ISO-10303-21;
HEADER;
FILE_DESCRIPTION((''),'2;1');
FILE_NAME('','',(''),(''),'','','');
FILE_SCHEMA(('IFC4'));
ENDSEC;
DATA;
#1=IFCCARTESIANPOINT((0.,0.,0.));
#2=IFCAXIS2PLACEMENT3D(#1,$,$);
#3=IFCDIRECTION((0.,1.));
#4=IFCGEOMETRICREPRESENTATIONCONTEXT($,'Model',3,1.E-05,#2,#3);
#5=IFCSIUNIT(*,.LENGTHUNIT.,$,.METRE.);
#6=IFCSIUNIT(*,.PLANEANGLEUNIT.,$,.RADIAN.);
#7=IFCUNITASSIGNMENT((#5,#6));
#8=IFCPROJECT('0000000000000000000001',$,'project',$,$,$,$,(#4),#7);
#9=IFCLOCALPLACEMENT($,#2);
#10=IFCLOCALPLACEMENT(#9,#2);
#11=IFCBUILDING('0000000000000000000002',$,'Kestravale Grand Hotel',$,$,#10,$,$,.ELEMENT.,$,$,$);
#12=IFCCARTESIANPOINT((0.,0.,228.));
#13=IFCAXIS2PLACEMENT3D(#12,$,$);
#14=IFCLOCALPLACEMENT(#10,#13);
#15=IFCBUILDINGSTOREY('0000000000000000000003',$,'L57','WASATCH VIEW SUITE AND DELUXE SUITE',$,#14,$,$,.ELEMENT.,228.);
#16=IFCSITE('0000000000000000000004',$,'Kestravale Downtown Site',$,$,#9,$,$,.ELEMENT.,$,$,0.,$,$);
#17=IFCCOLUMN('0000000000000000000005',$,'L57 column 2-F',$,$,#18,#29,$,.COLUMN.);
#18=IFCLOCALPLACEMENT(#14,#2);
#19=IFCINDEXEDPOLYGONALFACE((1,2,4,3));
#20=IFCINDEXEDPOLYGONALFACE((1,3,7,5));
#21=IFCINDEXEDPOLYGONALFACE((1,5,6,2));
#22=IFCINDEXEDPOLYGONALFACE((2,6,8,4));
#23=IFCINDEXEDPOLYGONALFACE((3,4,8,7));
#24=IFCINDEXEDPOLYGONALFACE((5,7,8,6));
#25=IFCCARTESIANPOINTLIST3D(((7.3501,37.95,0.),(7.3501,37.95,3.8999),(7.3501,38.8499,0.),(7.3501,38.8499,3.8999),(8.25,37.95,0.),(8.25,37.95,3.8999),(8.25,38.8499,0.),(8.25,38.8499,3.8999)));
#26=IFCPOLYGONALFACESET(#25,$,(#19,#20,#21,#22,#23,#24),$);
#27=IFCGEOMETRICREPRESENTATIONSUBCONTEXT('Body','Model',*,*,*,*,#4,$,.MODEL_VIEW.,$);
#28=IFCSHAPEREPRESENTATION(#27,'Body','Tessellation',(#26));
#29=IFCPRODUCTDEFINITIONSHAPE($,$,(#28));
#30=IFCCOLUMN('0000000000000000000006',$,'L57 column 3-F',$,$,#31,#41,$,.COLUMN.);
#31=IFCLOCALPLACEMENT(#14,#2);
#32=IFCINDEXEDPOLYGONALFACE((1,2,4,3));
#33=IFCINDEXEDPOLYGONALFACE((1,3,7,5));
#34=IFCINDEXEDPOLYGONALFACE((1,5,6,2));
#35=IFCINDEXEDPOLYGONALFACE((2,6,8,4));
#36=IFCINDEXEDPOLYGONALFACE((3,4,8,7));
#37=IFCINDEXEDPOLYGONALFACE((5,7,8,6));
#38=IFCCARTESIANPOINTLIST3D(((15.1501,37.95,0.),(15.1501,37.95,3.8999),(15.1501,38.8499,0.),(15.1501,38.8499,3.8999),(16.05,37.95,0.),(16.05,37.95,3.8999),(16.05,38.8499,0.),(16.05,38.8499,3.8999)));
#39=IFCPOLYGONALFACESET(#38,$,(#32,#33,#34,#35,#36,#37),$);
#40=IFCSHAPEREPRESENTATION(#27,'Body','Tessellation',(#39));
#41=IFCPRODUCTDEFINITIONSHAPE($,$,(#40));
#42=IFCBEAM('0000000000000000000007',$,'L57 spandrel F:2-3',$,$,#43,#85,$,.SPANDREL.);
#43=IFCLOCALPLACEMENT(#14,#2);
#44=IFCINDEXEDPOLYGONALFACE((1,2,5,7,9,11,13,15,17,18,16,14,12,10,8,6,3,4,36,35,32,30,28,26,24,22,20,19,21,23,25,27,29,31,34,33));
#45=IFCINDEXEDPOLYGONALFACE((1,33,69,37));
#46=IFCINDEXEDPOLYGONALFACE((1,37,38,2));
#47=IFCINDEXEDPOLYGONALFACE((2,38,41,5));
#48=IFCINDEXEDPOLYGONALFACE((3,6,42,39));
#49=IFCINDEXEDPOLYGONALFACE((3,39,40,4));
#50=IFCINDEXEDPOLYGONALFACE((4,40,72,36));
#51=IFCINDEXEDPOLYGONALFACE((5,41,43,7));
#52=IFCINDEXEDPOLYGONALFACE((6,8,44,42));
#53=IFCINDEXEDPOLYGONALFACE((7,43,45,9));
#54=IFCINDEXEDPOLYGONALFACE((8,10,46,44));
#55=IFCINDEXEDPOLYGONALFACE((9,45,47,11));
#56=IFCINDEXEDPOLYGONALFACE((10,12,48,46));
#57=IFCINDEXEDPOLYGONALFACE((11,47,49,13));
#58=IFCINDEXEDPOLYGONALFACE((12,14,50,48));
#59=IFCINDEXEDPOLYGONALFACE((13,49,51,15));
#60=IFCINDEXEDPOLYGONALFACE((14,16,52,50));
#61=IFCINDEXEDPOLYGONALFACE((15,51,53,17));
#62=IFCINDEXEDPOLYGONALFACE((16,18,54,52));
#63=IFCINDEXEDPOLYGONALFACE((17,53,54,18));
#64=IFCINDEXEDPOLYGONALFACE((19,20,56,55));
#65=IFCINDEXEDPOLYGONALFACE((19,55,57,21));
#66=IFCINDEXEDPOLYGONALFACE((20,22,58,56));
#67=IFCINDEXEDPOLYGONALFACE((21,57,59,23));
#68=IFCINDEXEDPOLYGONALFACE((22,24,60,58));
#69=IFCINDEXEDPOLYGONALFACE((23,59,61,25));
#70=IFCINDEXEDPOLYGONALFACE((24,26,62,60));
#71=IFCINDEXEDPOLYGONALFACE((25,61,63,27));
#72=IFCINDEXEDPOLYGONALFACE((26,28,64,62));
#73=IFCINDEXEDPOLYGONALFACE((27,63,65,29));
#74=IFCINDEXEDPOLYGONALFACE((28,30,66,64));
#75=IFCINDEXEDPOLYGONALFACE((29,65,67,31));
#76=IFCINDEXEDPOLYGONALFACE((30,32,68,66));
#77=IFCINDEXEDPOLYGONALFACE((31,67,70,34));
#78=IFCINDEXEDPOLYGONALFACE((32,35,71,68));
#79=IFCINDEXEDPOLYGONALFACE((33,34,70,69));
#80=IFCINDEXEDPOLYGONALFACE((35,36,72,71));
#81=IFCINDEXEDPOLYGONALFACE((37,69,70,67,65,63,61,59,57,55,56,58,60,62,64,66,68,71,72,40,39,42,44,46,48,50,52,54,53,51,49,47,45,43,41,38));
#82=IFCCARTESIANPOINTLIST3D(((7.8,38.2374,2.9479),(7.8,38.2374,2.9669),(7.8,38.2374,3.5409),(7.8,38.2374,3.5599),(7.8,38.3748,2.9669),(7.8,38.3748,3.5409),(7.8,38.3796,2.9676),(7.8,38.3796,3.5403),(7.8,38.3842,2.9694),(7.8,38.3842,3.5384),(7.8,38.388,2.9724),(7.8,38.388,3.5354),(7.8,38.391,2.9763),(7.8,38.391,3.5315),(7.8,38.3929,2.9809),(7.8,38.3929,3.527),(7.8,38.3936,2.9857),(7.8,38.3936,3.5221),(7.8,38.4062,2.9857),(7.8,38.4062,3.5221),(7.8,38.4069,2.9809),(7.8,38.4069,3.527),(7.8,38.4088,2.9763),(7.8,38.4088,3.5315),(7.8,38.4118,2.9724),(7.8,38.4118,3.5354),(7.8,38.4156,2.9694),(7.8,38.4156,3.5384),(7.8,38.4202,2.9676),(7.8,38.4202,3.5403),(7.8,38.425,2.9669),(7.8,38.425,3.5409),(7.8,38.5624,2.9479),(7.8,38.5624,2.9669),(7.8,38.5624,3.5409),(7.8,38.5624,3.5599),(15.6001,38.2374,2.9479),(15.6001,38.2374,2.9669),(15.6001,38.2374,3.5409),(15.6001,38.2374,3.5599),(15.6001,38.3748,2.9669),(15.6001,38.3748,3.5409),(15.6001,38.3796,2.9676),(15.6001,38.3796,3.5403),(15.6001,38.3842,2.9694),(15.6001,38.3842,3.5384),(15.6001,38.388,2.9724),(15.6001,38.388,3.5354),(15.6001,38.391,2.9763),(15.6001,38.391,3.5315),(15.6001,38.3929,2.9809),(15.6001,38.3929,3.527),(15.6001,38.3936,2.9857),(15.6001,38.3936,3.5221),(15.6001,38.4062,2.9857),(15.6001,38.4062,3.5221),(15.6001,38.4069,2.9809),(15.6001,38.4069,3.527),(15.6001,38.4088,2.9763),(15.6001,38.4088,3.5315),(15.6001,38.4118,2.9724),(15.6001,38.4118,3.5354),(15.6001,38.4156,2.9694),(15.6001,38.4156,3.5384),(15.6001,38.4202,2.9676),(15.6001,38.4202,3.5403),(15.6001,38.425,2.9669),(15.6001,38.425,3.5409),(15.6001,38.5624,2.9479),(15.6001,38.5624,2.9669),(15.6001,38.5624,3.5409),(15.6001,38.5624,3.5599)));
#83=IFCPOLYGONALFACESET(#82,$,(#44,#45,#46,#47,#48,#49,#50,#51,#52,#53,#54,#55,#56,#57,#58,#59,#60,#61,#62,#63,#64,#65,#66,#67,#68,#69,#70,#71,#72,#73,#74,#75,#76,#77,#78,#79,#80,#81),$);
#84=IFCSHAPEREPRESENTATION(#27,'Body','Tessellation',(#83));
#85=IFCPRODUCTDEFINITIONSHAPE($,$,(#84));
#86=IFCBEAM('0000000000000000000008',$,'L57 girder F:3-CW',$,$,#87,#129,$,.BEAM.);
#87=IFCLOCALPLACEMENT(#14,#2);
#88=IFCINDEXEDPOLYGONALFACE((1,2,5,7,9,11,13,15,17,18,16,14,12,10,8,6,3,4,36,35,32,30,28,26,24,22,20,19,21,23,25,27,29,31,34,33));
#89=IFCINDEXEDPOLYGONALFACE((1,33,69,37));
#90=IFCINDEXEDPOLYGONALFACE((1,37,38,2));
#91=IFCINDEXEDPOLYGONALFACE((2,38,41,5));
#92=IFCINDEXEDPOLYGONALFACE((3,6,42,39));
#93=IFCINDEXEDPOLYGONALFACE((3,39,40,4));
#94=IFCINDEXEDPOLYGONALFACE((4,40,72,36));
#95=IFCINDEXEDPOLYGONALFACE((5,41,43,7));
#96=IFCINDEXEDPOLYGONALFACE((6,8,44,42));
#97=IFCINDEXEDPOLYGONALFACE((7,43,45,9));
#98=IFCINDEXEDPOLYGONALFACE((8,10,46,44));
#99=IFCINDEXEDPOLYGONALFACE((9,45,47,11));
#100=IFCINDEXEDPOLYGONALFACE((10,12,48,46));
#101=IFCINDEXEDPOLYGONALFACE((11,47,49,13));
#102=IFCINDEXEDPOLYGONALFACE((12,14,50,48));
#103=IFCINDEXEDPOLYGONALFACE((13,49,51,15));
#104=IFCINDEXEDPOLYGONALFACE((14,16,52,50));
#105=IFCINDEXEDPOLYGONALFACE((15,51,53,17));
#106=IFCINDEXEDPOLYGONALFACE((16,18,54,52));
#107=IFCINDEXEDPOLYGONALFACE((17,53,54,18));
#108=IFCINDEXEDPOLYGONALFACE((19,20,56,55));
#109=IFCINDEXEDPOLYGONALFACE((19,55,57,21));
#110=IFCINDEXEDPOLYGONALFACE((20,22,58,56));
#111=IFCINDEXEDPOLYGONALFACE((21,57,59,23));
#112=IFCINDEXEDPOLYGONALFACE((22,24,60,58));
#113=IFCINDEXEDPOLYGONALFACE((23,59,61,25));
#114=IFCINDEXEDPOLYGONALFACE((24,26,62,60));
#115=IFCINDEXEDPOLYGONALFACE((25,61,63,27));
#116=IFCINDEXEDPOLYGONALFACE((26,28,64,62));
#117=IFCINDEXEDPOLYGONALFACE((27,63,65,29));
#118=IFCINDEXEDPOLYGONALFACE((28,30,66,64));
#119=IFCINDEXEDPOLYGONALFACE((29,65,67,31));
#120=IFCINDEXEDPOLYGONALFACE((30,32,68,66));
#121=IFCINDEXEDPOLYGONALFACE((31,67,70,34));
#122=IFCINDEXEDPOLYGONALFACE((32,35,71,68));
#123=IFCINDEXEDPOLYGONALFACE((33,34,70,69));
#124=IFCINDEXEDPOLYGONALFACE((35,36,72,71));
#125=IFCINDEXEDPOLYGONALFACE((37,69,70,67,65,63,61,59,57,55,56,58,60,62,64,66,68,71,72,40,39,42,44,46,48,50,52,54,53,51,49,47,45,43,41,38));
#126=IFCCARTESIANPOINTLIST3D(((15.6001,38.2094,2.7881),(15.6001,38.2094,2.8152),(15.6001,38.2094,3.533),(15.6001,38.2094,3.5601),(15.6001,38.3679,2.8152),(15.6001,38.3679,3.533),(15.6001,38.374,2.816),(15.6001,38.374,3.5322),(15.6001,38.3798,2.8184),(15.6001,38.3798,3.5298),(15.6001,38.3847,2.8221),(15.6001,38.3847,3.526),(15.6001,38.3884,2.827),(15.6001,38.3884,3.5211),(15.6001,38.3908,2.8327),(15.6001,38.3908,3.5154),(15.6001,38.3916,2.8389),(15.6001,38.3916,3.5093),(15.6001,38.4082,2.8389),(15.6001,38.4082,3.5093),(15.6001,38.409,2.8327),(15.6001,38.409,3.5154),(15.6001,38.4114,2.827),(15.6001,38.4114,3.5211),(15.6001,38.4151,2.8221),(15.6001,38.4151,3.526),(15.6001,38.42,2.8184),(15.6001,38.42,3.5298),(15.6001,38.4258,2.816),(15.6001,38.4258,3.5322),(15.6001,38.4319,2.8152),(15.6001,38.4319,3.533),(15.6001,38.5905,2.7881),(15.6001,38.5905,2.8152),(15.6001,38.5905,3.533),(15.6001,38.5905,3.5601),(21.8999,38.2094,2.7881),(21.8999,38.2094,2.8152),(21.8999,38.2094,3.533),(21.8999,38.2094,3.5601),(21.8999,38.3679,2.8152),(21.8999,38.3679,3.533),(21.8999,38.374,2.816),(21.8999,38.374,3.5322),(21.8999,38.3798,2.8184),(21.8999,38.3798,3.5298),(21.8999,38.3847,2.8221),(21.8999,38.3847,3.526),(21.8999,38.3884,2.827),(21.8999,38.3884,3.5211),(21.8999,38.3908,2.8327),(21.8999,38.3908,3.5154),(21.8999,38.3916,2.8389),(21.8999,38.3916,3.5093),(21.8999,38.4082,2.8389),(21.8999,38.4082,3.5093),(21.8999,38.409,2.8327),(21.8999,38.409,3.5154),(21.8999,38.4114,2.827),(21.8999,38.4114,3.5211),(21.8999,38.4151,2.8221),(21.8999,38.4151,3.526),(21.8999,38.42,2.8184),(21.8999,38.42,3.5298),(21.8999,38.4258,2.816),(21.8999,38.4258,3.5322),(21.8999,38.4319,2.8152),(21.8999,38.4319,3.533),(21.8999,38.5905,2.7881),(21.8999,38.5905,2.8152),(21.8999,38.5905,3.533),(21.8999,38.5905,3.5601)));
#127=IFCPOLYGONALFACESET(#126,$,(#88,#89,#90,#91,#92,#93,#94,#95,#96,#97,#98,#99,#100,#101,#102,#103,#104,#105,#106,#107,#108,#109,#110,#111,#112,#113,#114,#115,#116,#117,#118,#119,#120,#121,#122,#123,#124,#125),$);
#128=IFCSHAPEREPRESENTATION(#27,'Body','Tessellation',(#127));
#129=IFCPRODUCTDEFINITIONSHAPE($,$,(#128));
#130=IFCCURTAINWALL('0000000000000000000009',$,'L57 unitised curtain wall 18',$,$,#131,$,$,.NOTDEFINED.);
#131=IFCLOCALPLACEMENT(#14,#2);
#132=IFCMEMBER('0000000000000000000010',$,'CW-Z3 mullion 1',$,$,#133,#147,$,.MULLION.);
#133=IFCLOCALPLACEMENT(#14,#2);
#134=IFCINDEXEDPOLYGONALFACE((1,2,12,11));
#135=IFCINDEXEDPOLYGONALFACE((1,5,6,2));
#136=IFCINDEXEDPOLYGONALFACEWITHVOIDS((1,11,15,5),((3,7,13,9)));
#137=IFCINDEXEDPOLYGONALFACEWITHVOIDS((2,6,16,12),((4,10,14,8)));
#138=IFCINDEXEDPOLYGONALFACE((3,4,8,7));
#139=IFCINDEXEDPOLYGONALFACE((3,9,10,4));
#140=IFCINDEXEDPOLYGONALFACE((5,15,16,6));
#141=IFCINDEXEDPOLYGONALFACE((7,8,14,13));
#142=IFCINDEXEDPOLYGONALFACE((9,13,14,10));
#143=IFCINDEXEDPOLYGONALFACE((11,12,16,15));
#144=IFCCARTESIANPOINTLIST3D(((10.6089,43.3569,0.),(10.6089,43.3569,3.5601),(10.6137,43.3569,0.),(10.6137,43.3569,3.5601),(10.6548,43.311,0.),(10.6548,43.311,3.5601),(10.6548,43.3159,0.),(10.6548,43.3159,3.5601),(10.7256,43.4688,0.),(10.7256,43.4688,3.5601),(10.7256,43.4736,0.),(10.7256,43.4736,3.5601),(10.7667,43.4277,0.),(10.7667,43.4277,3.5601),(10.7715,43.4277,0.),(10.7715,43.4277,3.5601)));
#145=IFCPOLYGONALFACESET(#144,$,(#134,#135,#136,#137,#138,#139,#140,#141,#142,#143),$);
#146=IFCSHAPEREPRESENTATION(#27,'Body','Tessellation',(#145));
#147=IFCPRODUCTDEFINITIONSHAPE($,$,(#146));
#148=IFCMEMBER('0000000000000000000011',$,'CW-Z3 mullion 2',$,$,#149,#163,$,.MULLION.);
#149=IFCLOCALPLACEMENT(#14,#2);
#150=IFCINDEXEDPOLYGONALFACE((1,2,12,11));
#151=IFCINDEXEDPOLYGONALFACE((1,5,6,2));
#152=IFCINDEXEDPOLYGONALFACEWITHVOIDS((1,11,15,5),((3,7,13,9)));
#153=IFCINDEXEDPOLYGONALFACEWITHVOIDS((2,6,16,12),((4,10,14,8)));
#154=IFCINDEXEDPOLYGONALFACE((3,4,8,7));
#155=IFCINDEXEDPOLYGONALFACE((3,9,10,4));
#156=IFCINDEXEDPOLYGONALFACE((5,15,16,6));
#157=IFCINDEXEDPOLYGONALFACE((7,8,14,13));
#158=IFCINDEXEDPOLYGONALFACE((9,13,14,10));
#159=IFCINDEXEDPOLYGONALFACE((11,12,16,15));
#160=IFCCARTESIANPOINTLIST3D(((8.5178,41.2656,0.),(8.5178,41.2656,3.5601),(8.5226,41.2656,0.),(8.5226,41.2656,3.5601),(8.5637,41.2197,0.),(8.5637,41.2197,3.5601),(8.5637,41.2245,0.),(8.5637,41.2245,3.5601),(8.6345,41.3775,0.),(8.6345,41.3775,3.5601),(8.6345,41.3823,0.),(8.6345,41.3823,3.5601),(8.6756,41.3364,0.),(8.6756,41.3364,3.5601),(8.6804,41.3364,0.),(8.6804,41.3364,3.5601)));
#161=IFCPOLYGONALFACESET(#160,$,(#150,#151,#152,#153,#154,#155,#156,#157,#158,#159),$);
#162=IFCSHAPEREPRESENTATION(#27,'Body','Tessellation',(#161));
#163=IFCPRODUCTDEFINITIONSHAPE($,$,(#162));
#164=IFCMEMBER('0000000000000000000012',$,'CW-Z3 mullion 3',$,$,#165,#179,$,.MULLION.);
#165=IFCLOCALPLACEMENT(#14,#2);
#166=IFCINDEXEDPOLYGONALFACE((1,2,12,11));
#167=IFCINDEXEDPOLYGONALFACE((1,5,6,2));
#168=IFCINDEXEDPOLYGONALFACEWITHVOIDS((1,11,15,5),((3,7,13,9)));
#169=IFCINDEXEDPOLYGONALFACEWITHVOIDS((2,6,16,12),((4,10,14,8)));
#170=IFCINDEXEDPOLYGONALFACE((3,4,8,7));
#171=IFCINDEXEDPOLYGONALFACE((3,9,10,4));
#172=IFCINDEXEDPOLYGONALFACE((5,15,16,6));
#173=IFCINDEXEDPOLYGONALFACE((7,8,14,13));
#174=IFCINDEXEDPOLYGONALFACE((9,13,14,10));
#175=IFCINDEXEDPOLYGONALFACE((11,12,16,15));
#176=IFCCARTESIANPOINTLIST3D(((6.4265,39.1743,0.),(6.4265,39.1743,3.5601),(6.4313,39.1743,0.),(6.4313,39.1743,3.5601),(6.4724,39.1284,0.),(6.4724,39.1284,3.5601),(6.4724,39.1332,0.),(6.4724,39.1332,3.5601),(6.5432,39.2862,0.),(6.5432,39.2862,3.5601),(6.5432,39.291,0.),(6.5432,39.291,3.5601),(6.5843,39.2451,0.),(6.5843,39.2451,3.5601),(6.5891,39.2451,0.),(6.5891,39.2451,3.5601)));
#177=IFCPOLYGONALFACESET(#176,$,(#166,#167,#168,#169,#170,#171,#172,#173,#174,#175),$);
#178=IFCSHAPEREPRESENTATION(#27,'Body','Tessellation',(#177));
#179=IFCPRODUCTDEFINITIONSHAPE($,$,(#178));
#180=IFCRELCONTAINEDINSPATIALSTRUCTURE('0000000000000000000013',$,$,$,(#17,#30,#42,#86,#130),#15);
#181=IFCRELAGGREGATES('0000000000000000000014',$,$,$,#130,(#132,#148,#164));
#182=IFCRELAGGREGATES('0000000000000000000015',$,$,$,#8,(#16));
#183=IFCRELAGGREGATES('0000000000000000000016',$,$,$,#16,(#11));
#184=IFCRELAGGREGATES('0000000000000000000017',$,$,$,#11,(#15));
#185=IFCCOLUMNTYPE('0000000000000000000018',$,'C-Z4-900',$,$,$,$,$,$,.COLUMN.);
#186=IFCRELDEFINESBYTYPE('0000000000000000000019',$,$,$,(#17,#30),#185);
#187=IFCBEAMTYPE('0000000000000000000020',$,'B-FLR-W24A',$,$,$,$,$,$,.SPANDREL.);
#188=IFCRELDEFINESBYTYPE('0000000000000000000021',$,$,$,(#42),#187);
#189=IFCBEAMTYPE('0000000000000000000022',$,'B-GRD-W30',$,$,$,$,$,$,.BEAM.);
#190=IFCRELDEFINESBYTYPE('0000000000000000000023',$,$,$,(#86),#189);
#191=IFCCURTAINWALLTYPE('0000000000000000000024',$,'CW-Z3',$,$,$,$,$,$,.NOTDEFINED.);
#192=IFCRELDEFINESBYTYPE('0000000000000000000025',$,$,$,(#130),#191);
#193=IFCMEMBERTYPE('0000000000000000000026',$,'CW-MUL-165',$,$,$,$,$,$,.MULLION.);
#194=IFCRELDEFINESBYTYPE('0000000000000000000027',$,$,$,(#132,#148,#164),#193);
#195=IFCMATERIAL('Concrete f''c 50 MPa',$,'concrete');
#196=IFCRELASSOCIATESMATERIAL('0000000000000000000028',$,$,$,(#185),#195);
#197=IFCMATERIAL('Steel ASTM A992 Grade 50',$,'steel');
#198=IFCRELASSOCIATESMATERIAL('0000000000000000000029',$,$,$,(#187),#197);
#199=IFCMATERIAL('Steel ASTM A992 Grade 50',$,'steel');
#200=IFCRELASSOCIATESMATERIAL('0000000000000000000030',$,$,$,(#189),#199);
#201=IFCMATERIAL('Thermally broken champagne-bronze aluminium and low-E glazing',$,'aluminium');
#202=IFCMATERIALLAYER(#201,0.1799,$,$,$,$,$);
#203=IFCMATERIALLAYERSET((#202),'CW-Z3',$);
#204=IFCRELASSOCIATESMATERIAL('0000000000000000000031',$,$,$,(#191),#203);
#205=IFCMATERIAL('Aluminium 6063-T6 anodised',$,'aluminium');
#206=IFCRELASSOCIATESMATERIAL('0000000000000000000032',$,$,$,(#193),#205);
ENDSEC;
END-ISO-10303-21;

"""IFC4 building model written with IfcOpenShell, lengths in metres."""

from ifc_helpers import new_model, si_unit, direction, frame, origin, origin_2d, place, context, subcontext, project, spatial, rectangle, hollow_rectangle, i_section, extrude, material, layer, layer_set, material_profile, profile_set, type_object, element, aggregate, save


model = new_model("IFC4")

# Units and contexts
model_context = context("Model", 3, precision=1e-05, world=origin(), true_north=direction((0.0, 1.0)))
body_context = subcontext(model_context, "Body", "Model", "MODEL_VIEW")
ifc_project = project(units=[si_unit("LENGTHUNIT", "METRE"), si_unit("PLANEANGLEUNIT", "RADIAN")], contexts=[model_context])

# Site, building, storey
site_placement = place(None, origin())
site = spatial("IfcSite", under=ifc_project, at=site_placement, Name="Kestravale Downtown Site", CompositionType="ELEMENT", RefElevation=0.0)
building_placement = place(site_placement, origin())
building = spatial("IfcBuilding", under=site, at=building_placement, Name="Kestravale Grand Hotel", CompositionType="ELEMENT")
storey_placement = place(building_placement, frame((0.0, 0.0, 228.0)))
storey = spatial("IfcBuildingStorey", under=building, at=storey_placement, Name="L57", Description="WASATCH VIEW SUITE AND DELUXE SUITE", CompositionType="ELEMENT", Elevation=228.0)

# Columns
ifc_material_1 = material(Name="Concrete f'c 50 MPa", Category="concrete")
ifc_material_profile_1 = material_profile(ifc_material_1, rectangle(XDim=0.8999, YDim=0.8999, at=origin_2d()))
ifc_profile_set_1 = profile_set([ifc_material_profile_1], Name="Concrete f'c 50 MPa")
column_type = type_object("IfcColumnType", Name="C-Z4-900", PredefinedType="COLUMN", material=ifc_profile_set_1)
for number, where, z_axis, x_axis, name in (
    (1, (7.8, 38.3999, 0.0), (0.0, 0.0, 1.0), (1.0, 0.0, 0.0), "L57 column 2-F"),
    (2, (15.6001, 38.3999, 0.0), (0.0, 0.0, 1.0), (1.0, 0.0, 0.0), "L57 column 3-F"),
):
    element("IfcColumn", number, at=place(storey_placement, frame(where, z_axis=z_axis, x_axis=x_axis)), inside=storey, type_object=column_type, Name=name, PredefinedType="COLUMN", context=body_context, shape_type="SweptSolid", body=[
        extrude(rectangle(XDim=0.8999, YDim=0.8999, at=origin_2d()), origin(), (0.0, 0.0, 1.0), 3.8999),
    ])

# Beams
ifc_material_2 = material(Name="Steel ASTM A992 Grade 50", Category="steel")
ifc_material_profile_2 = material_profile(ifc_material_2, i_section(OverallWidth=0.325, OverallDepth=0.6121, WebThickness=0.0127, FlangeThickness=0.019, FilletRadius=0.0188, at=origin_2d()))
ifc_profile_set_2 = profile_set([ifc_material_profile_2], Name="Steel ASTM A992 Grade 50")
beam_type_1 = type_object("IfcBeamType", Name="B-FLR-W24A", PredefinedType="SPANDREL", material=ifc_profile_set_2)
beam_1_placement = place(storey_placement, frame((7.8, 38.3999, 3.2539), z_axis=(1.0, 0.0, 0.0), x_axis=(0.0, 1.0, 0.0)))
element("IfcBeam", 3, at=beam_1_placement, inside=storey, type_object=beam_type_1, Name="L57 spandrel F:2-3", PredefinedType="SPANDREL", context=body_context, shape_type="SweptSolid", body=[
    extrude(i_section(OverallWidth=0.325, OverallDepth=0.6121, WebThickness=0.0127, FlangeThickness=0.019, FilletRadius=0.0188, at=origin_2d()), origin(), (0.0, 0.0, 1.0), 7.8),
])
ifc_material_3 = material(Name="Steel ASTM A992 Grade 50", Category="steel")
ifc_material_profile_3 = material_profile(ifc_material_3, i_section(OverallWidth=0.3811, OverallDepth=0.772, WebThickness=0.0166, FlangeThickness=0.0271, FilletRadius=0.0237, at=origin_2d()))
ifc_profile_set_3 = profile_set([ifc_material_profile_3], Name="Steel ASTM A992 Grade 50")
beam_type_2 = type_object("IfcBeamType", Name="B-GRD-W30", PredefinedType="BEAM", material=ifc_profile_set_3)
beam_2_placement = place(storey_placement, frame((15.6001, 38.3999, 3.1741), z_axis=(1.0, 0.0, 0.0), x_axis=(0.0, 1.0, 0.0)))
element("IfcBeam", 4, at=beam_2_placement, inside=storey, type_object=beam_type_2, Name="L57 girder F:3-CW", PredefinedType="BEAM", context=body_context, shape_type="SweptSolid", body=[
    extrude(i_section(OverallWidth=0.3811, OverallDepth=0.772, WebThickness=0.0166, FlangeThickness=0.0271, FilletRadius=0.0237, at=origin_2d()), origin(), (0.0, 0.0, 1.0), 6.2998),
])

# Curtain wall, members
ifc_material_4 = material(Name="Thermally broken champagne-bronze aluminium and low-E glazing", Category="aluminium")
ifc_layer_1 = layer(ifc_material_4, 0.1799)
ifc_layer_set_1 = layer_set([ifc_layer_1], Name="CW-Z3")
curtain_wall_type = type_object("IfcCurtainWallType", Name="CW-Z3", PredefinedType="NOTDEFINED", material=ifc_layer_set_1)
curtain_wall_placement = place(storey_placement, origin())
curtain_wall = element("IfcCurtainWall", 5, at=curtain_wall_placement, inside=storey, type_object=curtain_wall_type, Name="L57 unitised curtain wall 18", PredefinedType="NOTDEFINED")
ifc_material_5 = material(Name="Aluminium 6063-T6 anodised", Category="aluminium")
ifc_material_profile_4 = material_profile(ifc_material_5, hollow_rectangle(XDim=0.0649, YDim=0.165, WallThickness=0.0034, at=origin_2d()))
ifc_profile_set_4 = profile_set([ifc_material_profile_4], Name="Aluminium 6063-T6 anodised")
member_type_1 = type_object("IfcMemberType", Name="CW-MUL-165", PredefinedType="MULLION", material=ifc_profile_set_4)
member_1_placement = place(storey_placement, frame((10.6902, 43.3923, 0.0), z_axis=(0.0, 0.0, 1.0), x_axis=(0.707107, -0.707107, 0.0)))
member_1 = element("IfcMember", 6, at=member_1_placement, type_object=member_type_1, Name="CW-Z3 mullion 1", PredefinedType="MULLION", context=body_context, shape_type="SweptSolid", body=[
    extrude(hollow_rectangle(XDim=0.0649, YDim=0.165, WallThickness=0.0034, at=origin_2d()), origin(), (0.0, 0.0, 1.0), 3.5601),
])
member_2_placement = place(storey_placement, frame((8.5991, 41.301, 0.0), z_axis=(0.0, 0.0, 1.0), x_axis=(0.707107, -0.707107, 0.0)))
member_2 = element("IfcMember", 7, at=member_2_placement, type_object=member_type_1, Name="CW-Z3 mullion 2", PredefinedType="MULLION", context=body_context, shape_type="SweptSolid", body=[
    extrude(hollow_rectangle(XDim=0.0649, YDim=0.165, WallThickness=0.0034, at=origin_2d()), origin(), (0.0, 0.0, 1.0), 3.5601),
])
member_3_placement = place(storey_placement, frame((6.5078, 39.2097, 0.0), z_axis=(0.0, 0.0, 1.0), x_axis=(0.707107, -0.707107, 0.0)))
member_3 = element("IfcMember", 8, at=member_3_placement, type_object=member_type_1, Name="CW-Z3 mullion 3", PredefinedType="MULLION", context=body_context, shape_type="SweptSolid", body=[
    extrude(hollow_rectangle(XDim=0.0649, YDim=0.165, WallThickness=0.0034, at=origin_2d()), origin(), (0.0, 0.0, 1.0), 3.5601),
])
aggregate(curtain_wall, [member_1, member_2, member_3])

save(model, "model.ifc")
